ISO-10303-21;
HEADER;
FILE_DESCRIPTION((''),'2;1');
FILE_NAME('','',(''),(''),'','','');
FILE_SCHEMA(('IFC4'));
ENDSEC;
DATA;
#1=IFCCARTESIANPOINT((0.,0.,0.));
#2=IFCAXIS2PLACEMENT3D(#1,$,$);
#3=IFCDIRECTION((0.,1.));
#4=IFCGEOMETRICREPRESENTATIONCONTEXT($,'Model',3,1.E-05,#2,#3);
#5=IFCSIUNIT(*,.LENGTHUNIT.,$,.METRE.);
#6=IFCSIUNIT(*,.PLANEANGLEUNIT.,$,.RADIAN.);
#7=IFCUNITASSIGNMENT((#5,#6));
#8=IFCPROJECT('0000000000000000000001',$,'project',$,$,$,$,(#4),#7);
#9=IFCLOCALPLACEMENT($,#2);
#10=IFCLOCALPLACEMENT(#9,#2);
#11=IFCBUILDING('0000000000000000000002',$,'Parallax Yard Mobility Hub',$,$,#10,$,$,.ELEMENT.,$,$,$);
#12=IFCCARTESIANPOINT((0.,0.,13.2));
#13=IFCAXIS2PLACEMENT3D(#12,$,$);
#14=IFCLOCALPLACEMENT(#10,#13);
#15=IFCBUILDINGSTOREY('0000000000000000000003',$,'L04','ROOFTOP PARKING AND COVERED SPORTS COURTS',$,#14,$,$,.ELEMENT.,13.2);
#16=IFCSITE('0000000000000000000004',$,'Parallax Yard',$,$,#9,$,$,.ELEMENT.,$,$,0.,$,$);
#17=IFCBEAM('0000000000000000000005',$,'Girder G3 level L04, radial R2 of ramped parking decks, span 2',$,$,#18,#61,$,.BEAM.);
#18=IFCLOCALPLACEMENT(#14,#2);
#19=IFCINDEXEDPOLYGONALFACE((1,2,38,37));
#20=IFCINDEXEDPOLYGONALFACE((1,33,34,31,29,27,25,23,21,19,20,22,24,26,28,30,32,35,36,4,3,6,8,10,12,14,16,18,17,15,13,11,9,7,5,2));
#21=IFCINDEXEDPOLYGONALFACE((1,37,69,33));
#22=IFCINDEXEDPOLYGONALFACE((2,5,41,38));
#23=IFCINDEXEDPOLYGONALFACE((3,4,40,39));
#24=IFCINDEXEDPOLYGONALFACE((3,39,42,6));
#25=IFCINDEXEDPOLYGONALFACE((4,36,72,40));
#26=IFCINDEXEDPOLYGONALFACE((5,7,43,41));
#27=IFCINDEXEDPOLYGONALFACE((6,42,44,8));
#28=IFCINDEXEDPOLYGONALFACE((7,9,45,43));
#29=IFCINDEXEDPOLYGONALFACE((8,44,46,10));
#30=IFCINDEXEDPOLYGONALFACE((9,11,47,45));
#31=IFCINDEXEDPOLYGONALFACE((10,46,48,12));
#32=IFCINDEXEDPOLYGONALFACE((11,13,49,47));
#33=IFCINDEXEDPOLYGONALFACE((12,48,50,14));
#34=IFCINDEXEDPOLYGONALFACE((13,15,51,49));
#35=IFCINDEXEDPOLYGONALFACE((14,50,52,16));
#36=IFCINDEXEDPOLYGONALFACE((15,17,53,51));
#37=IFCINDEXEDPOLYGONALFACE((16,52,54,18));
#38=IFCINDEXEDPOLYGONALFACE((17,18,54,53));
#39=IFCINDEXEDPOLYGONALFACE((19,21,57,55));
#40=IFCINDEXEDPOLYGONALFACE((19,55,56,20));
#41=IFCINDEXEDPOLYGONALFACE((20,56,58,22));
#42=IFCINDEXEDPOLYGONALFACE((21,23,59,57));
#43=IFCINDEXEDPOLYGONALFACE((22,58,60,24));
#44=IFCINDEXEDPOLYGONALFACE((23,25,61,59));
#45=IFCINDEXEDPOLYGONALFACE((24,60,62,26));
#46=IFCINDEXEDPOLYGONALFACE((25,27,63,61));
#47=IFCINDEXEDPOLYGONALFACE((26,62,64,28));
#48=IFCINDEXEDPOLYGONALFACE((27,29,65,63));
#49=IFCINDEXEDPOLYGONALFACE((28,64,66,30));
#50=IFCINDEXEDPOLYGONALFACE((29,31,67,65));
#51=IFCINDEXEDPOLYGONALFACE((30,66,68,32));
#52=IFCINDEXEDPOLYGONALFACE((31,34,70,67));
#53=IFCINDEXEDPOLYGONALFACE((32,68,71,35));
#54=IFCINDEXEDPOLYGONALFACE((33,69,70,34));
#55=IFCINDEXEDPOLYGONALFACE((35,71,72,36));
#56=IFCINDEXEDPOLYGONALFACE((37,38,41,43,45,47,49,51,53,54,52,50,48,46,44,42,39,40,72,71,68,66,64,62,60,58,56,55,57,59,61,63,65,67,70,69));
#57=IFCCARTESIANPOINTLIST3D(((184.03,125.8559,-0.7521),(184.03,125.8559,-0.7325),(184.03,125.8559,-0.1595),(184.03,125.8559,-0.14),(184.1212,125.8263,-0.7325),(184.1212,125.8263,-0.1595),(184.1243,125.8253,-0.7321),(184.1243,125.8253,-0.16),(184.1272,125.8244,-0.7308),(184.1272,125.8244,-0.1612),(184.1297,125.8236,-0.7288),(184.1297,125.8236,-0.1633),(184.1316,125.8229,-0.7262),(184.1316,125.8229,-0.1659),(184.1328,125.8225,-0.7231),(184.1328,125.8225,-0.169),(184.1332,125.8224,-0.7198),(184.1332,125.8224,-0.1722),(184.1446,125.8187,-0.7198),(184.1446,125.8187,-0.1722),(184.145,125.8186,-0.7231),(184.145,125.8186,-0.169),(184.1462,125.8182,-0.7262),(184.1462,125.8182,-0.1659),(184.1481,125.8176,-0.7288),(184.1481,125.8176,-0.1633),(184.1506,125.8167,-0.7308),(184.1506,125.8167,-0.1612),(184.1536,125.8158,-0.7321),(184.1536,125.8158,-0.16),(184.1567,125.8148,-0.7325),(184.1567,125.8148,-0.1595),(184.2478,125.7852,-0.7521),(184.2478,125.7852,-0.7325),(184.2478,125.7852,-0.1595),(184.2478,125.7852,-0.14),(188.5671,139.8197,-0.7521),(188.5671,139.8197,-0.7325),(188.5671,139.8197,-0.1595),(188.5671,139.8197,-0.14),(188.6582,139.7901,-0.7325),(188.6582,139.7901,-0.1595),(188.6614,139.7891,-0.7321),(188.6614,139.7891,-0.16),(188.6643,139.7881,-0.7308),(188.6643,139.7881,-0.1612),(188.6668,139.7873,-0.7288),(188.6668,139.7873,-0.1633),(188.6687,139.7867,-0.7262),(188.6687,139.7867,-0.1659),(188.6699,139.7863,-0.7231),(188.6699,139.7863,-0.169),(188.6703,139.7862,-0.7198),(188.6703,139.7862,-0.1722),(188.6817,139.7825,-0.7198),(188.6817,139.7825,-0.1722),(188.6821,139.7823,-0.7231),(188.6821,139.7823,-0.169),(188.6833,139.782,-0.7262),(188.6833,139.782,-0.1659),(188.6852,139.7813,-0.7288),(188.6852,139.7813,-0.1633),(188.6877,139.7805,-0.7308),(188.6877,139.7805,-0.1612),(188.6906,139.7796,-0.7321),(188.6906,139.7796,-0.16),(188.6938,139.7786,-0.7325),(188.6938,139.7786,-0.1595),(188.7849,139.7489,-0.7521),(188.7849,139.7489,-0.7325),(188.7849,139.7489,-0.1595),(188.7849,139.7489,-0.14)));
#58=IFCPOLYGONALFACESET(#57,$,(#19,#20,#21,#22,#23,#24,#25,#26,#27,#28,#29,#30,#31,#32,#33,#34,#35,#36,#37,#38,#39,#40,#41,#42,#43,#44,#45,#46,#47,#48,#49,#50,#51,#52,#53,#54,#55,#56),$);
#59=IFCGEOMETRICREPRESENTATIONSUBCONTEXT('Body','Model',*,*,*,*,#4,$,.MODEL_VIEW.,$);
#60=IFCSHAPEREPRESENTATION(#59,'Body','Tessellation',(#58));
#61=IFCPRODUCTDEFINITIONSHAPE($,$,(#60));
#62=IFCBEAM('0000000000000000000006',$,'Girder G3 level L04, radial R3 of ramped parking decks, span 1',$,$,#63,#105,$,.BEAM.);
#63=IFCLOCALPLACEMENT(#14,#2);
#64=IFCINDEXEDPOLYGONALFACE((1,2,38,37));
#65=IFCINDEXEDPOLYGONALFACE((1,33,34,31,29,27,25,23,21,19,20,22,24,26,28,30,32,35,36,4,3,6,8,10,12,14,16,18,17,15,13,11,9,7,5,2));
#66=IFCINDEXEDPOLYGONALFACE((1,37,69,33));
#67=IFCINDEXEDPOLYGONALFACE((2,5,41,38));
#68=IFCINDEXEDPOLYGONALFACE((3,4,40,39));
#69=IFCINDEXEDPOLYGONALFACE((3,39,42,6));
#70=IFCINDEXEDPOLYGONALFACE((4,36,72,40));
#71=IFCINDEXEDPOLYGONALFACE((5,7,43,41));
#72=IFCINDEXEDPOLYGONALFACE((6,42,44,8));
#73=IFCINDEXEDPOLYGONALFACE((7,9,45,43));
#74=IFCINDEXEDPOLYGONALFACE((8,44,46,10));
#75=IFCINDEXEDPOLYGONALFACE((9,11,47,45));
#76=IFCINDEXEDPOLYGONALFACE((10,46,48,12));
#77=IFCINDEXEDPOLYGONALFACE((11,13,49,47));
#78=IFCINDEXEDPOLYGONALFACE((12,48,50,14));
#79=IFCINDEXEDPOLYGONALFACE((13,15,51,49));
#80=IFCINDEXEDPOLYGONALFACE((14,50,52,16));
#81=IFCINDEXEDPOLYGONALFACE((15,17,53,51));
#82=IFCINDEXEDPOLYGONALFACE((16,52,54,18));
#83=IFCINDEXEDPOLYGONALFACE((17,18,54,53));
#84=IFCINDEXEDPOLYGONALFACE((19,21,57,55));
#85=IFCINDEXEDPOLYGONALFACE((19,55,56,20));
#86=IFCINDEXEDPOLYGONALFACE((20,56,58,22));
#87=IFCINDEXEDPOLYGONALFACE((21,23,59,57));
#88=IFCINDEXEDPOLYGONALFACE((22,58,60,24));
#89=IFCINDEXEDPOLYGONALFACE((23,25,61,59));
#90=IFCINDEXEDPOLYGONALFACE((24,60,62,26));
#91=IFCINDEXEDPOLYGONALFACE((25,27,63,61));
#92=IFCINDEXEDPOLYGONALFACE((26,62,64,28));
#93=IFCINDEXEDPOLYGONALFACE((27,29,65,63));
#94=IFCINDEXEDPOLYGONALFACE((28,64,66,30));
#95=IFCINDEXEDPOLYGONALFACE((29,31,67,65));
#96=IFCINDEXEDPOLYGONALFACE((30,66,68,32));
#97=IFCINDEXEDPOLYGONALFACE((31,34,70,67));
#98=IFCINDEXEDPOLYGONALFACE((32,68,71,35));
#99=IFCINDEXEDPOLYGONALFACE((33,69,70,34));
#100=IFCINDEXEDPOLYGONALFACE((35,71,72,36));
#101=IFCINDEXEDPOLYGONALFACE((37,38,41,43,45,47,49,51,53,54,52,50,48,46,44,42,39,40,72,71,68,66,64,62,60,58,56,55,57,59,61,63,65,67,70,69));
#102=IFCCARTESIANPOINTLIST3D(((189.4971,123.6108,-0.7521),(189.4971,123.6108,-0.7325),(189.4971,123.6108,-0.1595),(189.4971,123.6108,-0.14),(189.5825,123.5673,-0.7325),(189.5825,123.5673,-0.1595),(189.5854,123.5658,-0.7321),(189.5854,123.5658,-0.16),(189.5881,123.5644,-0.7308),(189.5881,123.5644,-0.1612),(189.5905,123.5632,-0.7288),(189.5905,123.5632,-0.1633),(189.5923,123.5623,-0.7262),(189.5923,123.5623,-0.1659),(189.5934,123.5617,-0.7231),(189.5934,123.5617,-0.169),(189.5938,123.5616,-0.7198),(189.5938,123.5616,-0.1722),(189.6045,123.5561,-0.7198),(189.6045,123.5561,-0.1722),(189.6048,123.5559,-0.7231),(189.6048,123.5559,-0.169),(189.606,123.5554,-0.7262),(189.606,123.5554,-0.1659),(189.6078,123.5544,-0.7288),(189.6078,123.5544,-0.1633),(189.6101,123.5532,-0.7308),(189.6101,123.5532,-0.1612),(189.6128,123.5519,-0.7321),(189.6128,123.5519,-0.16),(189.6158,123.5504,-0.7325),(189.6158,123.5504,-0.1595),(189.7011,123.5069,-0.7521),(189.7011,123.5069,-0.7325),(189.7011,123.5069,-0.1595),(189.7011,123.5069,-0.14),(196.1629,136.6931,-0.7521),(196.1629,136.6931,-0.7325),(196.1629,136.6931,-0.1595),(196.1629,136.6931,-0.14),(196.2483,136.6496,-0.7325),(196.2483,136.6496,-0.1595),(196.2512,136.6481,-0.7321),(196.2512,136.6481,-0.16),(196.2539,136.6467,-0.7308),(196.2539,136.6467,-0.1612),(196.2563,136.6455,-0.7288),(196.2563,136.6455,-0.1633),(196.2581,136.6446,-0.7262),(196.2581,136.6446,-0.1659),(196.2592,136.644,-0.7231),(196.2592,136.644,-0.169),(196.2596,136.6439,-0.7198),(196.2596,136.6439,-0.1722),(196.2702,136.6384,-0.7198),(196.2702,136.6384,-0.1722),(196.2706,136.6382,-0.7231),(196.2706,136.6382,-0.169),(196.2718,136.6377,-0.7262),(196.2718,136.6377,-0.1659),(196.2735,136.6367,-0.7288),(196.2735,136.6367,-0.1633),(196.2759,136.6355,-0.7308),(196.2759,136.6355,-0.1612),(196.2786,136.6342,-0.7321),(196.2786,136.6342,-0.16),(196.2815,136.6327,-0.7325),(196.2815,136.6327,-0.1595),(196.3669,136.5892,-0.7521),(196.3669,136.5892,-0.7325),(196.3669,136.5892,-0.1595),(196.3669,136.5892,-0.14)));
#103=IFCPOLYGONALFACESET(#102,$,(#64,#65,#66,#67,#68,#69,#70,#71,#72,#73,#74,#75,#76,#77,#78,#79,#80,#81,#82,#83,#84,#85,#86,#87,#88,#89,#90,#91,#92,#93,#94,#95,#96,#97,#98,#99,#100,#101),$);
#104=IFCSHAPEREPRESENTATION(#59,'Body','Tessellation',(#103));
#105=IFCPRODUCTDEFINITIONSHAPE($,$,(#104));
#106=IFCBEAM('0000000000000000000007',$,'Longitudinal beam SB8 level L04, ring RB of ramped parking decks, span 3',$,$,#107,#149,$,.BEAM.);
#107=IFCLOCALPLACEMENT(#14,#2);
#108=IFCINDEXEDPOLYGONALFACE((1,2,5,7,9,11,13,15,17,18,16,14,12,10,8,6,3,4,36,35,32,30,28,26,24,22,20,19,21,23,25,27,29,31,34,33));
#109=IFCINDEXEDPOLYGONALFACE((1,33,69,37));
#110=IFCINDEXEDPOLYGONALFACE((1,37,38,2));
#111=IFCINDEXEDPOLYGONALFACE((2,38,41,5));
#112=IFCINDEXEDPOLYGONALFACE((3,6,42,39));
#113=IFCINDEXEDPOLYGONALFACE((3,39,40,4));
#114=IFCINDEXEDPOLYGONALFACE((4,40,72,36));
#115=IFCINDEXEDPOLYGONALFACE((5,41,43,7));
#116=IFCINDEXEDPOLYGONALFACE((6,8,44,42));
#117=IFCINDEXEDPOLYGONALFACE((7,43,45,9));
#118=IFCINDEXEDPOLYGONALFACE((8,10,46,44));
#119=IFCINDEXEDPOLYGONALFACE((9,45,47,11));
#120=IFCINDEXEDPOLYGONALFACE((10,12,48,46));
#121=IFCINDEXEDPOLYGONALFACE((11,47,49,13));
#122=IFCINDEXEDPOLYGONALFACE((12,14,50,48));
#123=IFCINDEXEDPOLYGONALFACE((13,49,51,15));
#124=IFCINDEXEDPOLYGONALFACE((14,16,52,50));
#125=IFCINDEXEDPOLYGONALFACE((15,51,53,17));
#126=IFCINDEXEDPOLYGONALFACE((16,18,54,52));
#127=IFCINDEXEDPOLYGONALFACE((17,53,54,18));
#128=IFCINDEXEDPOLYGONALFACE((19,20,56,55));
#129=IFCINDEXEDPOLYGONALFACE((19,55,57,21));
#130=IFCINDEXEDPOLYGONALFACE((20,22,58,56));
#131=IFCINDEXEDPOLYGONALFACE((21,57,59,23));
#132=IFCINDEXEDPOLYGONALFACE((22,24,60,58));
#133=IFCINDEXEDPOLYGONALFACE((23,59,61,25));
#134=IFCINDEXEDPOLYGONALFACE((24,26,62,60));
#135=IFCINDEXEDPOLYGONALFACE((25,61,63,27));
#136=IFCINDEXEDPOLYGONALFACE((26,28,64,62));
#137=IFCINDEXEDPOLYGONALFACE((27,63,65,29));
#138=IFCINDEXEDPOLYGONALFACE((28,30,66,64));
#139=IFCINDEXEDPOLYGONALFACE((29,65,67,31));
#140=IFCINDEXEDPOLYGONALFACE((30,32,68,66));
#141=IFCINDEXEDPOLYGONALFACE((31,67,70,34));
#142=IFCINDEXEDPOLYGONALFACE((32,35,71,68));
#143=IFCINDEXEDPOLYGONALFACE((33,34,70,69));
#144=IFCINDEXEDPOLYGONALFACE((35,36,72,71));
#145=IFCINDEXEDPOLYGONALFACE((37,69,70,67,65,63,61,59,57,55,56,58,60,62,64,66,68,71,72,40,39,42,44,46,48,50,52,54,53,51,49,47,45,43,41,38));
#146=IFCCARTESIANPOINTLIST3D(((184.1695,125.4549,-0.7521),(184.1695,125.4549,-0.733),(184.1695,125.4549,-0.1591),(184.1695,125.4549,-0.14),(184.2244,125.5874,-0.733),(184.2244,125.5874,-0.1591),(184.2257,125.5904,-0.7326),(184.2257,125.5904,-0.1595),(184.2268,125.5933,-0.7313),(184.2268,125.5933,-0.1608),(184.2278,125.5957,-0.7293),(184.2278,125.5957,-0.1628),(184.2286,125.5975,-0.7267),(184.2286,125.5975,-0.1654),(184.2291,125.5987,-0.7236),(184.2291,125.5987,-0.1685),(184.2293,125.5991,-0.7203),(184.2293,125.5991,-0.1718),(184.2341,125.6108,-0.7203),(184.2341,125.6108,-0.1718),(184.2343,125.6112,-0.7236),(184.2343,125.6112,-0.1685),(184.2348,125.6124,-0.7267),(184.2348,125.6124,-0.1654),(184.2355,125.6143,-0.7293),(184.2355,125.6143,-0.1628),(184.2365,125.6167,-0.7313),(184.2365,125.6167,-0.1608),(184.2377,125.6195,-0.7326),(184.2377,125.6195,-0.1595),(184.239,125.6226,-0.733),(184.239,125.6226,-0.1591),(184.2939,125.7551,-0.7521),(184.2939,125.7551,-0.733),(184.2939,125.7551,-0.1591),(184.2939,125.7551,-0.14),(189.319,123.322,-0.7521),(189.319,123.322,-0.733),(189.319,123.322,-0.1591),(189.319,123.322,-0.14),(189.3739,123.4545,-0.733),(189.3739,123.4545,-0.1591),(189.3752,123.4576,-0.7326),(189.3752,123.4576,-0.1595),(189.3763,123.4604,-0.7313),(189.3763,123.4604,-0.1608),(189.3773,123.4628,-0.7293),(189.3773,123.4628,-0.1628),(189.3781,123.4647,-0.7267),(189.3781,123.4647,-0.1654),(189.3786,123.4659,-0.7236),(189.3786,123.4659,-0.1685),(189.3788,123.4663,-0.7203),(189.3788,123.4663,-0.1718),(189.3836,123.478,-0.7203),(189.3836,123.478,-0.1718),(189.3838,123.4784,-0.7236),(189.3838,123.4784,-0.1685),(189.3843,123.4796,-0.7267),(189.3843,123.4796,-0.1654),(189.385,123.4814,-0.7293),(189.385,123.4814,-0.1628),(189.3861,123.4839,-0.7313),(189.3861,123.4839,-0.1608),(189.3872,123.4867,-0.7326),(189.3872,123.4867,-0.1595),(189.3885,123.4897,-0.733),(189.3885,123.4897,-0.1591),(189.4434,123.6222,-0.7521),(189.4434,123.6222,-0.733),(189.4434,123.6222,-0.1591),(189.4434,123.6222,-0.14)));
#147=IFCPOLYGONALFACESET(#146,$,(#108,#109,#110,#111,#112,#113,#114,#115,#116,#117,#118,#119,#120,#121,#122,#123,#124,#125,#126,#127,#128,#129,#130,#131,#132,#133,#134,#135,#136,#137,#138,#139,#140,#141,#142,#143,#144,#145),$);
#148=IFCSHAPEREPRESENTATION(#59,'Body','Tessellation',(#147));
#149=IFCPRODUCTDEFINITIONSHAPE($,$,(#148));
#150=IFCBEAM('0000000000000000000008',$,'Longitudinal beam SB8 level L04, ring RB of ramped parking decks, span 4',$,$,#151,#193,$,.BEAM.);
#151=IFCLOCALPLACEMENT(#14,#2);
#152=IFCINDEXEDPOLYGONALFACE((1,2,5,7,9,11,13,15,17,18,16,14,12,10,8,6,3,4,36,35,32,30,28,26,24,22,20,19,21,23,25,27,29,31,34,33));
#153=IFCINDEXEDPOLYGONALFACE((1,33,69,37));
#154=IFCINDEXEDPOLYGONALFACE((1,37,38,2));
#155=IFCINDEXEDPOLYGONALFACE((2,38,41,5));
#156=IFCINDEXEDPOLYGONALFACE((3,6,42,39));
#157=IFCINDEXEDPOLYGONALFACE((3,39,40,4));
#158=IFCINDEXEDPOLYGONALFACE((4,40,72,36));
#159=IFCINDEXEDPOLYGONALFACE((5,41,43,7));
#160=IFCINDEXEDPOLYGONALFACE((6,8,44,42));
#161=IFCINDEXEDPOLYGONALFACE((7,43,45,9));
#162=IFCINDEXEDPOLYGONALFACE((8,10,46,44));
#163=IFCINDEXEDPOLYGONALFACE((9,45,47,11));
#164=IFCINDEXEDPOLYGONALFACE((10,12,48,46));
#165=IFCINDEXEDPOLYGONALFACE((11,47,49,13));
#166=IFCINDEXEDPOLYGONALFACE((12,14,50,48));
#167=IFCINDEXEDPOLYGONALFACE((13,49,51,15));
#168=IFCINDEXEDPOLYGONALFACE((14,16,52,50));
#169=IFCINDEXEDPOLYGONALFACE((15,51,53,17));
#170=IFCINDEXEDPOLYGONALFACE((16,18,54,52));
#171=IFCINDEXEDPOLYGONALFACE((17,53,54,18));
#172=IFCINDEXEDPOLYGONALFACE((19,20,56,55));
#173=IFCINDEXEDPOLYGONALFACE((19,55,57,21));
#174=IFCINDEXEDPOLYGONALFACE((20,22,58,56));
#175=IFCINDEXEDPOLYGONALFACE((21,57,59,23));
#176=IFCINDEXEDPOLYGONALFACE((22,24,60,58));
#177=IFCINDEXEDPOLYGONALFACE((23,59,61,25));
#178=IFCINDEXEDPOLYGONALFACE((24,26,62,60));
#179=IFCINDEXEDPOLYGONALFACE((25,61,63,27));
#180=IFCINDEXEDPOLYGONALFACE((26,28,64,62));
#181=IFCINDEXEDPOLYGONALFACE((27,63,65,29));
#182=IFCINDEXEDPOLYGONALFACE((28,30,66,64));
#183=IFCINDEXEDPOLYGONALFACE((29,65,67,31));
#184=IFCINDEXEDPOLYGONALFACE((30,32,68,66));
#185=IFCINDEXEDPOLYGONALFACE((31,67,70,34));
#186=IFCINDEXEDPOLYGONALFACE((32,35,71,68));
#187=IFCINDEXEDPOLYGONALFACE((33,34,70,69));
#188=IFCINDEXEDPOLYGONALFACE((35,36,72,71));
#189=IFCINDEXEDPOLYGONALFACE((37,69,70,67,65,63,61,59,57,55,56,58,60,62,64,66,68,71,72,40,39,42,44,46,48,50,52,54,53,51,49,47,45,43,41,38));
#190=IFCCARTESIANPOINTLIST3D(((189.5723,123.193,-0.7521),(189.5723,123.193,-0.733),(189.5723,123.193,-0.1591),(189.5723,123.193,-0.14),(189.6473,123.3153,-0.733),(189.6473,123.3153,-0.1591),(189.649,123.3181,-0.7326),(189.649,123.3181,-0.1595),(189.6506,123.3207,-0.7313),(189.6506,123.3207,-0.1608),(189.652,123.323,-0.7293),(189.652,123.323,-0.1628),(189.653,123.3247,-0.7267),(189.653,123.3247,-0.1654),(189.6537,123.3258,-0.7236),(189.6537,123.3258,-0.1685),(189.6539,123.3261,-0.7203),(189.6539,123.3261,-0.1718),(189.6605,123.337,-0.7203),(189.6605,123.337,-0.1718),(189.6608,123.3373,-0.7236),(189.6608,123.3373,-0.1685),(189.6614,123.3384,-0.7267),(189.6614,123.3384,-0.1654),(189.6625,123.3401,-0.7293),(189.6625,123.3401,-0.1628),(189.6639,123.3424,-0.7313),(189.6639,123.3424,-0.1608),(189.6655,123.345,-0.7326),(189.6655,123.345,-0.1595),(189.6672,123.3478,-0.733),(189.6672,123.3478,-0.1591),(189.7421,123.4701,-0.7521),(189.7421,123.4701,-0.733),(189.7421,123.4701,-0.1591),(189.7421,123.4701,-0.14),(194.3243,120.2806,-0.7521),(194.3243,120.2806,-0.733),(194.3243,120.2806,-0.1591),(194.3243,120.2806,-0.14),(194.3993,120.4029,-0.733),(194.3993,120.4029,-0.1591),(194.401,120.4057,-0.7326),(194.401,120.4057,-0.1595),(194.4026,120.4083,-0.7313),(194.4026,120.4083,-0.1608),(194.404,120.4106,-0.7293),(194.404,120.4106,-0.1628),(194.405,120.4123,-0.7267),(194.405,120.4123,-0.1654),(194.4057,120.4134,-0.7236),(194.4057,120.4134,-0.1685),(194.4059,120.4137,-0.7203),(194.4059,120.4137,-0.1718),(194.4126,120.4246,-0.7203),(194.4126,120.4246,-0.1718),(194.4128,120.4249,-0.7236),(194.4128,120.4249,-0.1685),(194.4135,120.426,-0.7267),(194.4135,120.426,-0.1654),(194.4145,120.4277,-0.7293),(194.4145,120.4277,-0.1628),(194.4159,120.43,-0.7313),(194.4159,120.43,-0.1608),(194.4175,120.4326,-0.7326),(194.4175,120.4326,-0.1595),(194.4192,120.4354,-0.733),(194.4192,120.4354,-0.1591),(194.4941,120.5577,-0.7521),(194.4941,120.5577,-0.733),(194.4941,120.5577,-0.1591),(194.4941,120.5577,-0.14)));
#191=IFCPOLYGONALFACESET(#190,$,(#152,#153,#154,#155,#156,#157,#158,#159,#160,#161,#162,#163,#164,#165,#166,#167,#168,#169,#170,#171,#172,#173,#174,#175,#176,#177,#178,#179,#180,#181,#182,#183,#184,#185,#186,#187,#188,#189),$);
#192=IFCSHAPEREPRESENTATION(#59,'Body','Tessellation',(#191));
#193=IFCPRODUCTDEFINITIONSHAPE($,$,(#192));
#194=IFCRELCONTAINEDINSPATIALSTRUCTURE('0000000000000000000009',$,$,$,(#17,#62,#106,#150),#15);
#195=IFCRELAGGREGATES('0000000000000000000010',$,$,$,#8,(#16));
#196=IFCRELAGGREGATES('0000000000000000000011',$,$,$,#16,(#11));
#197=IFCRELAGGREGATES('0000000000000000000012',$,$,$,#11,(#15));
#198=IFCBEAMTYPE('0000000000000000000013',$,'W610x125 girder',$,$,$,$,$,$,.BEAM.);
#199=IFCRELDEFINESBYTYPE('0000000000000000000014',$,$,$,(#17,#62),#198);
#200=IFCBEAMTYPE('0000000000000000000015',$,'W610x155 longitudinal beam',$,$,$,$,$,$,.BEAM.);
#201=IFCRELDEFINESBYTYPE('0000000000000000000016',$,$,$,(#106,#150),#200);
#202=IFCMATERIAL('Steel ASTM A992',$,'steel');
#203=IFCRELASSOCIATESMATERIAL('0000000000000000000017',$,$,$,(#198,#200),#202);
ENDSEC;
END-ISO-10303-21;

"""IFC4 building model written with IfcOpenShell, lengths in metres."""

from ifc_helpers import new_model, si_unit, direction, frame, origin, origin_2d, place, context, subcontext, project, spatial, i_section, extrude, material, material_profile, profile_set, type_object, element, save


model = new_model("IFC4")

# Units and contexts
model_context = context("Model", 3, precision=1e-05, world=origin(), true_north=direction((0.0, 1.0)))
body_context = subcontext(model_context, "Body", "Model", "MODEL_VIEW")
ifc_project = project(units=[si_unit("LENGTHUNIT", "METRE"), si_unit("PLANEANGLEUNIT", "RADIAN")], contexts=[model_context])

# Site, building, storey
site_placement = place(None, origin())
site = spatial("IfcSite", under=ifc_project, at=site_placement, Name="Parallax Yard", CompositionType="ELEMENT", RefElevation=0.0)
building_placement = place(site_placement, origin())
building = spatial("IfcBuilding", under=site, at=building_placement, Name="Parallax Yard Mobility Hub", CompositionType="ELEMENT")
storey_placement = place(building_placement, frame((0.0, 0.0, 13.2)))
storey = spatial("IfcBuildingStorey", under=building, at=storey_placement, Name="L04", Description="ROOFTOP PARKING AND COVERED SPORTS COURTS", CompositionType="ELEMENT", Elevation=13.2)

# Shared definitions
ifc_material_1 = material(Name="Steel ASTM A992", Category="steel")

# Beams
ifc_material_profile_1 = material_profile(ifc_material_1, i_section(OverallWidth=0.229, OverallDepth=0.6121, WebThickness=0.012, FlangeThickness=0.0195, FilletRadius=0.0127, at=origin_2d()), Name="W610x125")
ifc_profile_set_1 = profile_set([ifc_material_profile_1], Name="Steel ASTM A992")
beam_type_1 = type_object("IfcBeamType", Name="W610x125 girder", PredefinedType="BEAM", material=ifc_profile_set_1)
beam_1_placement = place(storey_placement, frame((184.1389, 125.8206, -0.446), z_axis=(0.309015, 0.951057, 0.0), x_axis=(-0.951057, 0.309015, 0.0)))
element("IfcBeam", 1, at=beam_1_placement, inside=storey, type_object=beam_type_1, Name="Girder G3 level L04, radial R2 of ramped parking decks, span 2", PredefinedType="BEAM", context=body_context, shape_type="SweptSolid", body=[
    extrude(i_section(OverallWidth=0.229, OverallDepth=0.6121, WebThickness=0.012, FlangeThickness=0.0195, FilletRadius=0.0127, at=origin_2d()), origin(), (0.0, 0.0, 1.0), 14.6824),
])
beam_2_placement = place(storey_placement, frame((189.5991, 123.5588, -0.446), z_axis=(0.453992, 0.891006, 0.0), x_axis=(-0.891006, 0.453992, 0.0)))
element("IfcBeam", 2, at=beam_2_placement, inside=storey, type_object=beam_type_1, Name="Girder G3 level L04, radial R3 of ramped parking decks, span 1", PredefinedType="BEAM", context=body_context, shape_type="SweptSolid", body=[
    extrude(i_section(OverallWidth=0.229, OverallDepth=0.6121, WebThickness=0.012, FlangeThickness=0.0195, FilletRadius=0.0127, at=origin_2d()), origin(), (0.0, 0.0, 1.0), 14.6826),
])
ifc_material_profile_2 = material_profile(ifc_material_1, i_section(OverallWidth=0.325, OverallDepth=0.6121, WebThickness=0.0127, FlangeThickness=0.019, FilletRadius=0.0127, at=origin_2d()), Name="W610x155")
ifc_profile_set_2 = profile_set([ifc_material_profile_2], Name="Steel ASTM A992")
beam_type_2 = type_object("IfcBeamType", Name="W610x155 longitudinal beam", PredefinedType="BEAM", material=ifc_profile_set_2)
beam_3_placement = place(storey_placement, frame((184.2317, 125.605, -0.446), z_axis=(0.923889, -0.382661, 0.0), x_axis=(0.382661, 0.923889, 0.0)))
element("IfcBeam", 3, at=beam_3_placement, inside=storey, type_object=beam_type_2, Name="Longitudinal beam SB8 level L04, ring RB of ramped parking decks, span 3", PredefinedType="BEAM", context=body_context, shape_type="SweptSolid", body=[
    extrude(i_section(OverallWidth=0.325, OverallDepth=0.6121, WebThickness=0.0127, FlangeThickness=0.019, FilletRadius=0.0127, at=origin_2d()), origin(), (0.0, 0.0, 1.0), 5.5737),
])
beam_4_placement = place(storey_placement, frame((189.6572, 123.3315, -0.446), z_axis=(0.852612, -0.522545, 0.0), x_axis=(0.522545, 0.852612, 0.0)))
element("IfcBeam", 4, at=beam_4_placement, inside=storey, type_object=beam_type_2, Name="Longitudinal beam SB8 level L04, ring RB of ramped parking decks, span 4", PredefinedType="BEAM", context=body_context, shape_type="SweptSolid", body=[
    extrude(i_section(OverallWidth=0.325, OverallDepth=0.6121, WebThickness=0.0127, FlangeThickness=0.019, FilletRadius=0.0127, at=origin_2d()), origin(), (0.0, 0.0, 1.0), 5.5735),
])

save(model, "model.ifc")
